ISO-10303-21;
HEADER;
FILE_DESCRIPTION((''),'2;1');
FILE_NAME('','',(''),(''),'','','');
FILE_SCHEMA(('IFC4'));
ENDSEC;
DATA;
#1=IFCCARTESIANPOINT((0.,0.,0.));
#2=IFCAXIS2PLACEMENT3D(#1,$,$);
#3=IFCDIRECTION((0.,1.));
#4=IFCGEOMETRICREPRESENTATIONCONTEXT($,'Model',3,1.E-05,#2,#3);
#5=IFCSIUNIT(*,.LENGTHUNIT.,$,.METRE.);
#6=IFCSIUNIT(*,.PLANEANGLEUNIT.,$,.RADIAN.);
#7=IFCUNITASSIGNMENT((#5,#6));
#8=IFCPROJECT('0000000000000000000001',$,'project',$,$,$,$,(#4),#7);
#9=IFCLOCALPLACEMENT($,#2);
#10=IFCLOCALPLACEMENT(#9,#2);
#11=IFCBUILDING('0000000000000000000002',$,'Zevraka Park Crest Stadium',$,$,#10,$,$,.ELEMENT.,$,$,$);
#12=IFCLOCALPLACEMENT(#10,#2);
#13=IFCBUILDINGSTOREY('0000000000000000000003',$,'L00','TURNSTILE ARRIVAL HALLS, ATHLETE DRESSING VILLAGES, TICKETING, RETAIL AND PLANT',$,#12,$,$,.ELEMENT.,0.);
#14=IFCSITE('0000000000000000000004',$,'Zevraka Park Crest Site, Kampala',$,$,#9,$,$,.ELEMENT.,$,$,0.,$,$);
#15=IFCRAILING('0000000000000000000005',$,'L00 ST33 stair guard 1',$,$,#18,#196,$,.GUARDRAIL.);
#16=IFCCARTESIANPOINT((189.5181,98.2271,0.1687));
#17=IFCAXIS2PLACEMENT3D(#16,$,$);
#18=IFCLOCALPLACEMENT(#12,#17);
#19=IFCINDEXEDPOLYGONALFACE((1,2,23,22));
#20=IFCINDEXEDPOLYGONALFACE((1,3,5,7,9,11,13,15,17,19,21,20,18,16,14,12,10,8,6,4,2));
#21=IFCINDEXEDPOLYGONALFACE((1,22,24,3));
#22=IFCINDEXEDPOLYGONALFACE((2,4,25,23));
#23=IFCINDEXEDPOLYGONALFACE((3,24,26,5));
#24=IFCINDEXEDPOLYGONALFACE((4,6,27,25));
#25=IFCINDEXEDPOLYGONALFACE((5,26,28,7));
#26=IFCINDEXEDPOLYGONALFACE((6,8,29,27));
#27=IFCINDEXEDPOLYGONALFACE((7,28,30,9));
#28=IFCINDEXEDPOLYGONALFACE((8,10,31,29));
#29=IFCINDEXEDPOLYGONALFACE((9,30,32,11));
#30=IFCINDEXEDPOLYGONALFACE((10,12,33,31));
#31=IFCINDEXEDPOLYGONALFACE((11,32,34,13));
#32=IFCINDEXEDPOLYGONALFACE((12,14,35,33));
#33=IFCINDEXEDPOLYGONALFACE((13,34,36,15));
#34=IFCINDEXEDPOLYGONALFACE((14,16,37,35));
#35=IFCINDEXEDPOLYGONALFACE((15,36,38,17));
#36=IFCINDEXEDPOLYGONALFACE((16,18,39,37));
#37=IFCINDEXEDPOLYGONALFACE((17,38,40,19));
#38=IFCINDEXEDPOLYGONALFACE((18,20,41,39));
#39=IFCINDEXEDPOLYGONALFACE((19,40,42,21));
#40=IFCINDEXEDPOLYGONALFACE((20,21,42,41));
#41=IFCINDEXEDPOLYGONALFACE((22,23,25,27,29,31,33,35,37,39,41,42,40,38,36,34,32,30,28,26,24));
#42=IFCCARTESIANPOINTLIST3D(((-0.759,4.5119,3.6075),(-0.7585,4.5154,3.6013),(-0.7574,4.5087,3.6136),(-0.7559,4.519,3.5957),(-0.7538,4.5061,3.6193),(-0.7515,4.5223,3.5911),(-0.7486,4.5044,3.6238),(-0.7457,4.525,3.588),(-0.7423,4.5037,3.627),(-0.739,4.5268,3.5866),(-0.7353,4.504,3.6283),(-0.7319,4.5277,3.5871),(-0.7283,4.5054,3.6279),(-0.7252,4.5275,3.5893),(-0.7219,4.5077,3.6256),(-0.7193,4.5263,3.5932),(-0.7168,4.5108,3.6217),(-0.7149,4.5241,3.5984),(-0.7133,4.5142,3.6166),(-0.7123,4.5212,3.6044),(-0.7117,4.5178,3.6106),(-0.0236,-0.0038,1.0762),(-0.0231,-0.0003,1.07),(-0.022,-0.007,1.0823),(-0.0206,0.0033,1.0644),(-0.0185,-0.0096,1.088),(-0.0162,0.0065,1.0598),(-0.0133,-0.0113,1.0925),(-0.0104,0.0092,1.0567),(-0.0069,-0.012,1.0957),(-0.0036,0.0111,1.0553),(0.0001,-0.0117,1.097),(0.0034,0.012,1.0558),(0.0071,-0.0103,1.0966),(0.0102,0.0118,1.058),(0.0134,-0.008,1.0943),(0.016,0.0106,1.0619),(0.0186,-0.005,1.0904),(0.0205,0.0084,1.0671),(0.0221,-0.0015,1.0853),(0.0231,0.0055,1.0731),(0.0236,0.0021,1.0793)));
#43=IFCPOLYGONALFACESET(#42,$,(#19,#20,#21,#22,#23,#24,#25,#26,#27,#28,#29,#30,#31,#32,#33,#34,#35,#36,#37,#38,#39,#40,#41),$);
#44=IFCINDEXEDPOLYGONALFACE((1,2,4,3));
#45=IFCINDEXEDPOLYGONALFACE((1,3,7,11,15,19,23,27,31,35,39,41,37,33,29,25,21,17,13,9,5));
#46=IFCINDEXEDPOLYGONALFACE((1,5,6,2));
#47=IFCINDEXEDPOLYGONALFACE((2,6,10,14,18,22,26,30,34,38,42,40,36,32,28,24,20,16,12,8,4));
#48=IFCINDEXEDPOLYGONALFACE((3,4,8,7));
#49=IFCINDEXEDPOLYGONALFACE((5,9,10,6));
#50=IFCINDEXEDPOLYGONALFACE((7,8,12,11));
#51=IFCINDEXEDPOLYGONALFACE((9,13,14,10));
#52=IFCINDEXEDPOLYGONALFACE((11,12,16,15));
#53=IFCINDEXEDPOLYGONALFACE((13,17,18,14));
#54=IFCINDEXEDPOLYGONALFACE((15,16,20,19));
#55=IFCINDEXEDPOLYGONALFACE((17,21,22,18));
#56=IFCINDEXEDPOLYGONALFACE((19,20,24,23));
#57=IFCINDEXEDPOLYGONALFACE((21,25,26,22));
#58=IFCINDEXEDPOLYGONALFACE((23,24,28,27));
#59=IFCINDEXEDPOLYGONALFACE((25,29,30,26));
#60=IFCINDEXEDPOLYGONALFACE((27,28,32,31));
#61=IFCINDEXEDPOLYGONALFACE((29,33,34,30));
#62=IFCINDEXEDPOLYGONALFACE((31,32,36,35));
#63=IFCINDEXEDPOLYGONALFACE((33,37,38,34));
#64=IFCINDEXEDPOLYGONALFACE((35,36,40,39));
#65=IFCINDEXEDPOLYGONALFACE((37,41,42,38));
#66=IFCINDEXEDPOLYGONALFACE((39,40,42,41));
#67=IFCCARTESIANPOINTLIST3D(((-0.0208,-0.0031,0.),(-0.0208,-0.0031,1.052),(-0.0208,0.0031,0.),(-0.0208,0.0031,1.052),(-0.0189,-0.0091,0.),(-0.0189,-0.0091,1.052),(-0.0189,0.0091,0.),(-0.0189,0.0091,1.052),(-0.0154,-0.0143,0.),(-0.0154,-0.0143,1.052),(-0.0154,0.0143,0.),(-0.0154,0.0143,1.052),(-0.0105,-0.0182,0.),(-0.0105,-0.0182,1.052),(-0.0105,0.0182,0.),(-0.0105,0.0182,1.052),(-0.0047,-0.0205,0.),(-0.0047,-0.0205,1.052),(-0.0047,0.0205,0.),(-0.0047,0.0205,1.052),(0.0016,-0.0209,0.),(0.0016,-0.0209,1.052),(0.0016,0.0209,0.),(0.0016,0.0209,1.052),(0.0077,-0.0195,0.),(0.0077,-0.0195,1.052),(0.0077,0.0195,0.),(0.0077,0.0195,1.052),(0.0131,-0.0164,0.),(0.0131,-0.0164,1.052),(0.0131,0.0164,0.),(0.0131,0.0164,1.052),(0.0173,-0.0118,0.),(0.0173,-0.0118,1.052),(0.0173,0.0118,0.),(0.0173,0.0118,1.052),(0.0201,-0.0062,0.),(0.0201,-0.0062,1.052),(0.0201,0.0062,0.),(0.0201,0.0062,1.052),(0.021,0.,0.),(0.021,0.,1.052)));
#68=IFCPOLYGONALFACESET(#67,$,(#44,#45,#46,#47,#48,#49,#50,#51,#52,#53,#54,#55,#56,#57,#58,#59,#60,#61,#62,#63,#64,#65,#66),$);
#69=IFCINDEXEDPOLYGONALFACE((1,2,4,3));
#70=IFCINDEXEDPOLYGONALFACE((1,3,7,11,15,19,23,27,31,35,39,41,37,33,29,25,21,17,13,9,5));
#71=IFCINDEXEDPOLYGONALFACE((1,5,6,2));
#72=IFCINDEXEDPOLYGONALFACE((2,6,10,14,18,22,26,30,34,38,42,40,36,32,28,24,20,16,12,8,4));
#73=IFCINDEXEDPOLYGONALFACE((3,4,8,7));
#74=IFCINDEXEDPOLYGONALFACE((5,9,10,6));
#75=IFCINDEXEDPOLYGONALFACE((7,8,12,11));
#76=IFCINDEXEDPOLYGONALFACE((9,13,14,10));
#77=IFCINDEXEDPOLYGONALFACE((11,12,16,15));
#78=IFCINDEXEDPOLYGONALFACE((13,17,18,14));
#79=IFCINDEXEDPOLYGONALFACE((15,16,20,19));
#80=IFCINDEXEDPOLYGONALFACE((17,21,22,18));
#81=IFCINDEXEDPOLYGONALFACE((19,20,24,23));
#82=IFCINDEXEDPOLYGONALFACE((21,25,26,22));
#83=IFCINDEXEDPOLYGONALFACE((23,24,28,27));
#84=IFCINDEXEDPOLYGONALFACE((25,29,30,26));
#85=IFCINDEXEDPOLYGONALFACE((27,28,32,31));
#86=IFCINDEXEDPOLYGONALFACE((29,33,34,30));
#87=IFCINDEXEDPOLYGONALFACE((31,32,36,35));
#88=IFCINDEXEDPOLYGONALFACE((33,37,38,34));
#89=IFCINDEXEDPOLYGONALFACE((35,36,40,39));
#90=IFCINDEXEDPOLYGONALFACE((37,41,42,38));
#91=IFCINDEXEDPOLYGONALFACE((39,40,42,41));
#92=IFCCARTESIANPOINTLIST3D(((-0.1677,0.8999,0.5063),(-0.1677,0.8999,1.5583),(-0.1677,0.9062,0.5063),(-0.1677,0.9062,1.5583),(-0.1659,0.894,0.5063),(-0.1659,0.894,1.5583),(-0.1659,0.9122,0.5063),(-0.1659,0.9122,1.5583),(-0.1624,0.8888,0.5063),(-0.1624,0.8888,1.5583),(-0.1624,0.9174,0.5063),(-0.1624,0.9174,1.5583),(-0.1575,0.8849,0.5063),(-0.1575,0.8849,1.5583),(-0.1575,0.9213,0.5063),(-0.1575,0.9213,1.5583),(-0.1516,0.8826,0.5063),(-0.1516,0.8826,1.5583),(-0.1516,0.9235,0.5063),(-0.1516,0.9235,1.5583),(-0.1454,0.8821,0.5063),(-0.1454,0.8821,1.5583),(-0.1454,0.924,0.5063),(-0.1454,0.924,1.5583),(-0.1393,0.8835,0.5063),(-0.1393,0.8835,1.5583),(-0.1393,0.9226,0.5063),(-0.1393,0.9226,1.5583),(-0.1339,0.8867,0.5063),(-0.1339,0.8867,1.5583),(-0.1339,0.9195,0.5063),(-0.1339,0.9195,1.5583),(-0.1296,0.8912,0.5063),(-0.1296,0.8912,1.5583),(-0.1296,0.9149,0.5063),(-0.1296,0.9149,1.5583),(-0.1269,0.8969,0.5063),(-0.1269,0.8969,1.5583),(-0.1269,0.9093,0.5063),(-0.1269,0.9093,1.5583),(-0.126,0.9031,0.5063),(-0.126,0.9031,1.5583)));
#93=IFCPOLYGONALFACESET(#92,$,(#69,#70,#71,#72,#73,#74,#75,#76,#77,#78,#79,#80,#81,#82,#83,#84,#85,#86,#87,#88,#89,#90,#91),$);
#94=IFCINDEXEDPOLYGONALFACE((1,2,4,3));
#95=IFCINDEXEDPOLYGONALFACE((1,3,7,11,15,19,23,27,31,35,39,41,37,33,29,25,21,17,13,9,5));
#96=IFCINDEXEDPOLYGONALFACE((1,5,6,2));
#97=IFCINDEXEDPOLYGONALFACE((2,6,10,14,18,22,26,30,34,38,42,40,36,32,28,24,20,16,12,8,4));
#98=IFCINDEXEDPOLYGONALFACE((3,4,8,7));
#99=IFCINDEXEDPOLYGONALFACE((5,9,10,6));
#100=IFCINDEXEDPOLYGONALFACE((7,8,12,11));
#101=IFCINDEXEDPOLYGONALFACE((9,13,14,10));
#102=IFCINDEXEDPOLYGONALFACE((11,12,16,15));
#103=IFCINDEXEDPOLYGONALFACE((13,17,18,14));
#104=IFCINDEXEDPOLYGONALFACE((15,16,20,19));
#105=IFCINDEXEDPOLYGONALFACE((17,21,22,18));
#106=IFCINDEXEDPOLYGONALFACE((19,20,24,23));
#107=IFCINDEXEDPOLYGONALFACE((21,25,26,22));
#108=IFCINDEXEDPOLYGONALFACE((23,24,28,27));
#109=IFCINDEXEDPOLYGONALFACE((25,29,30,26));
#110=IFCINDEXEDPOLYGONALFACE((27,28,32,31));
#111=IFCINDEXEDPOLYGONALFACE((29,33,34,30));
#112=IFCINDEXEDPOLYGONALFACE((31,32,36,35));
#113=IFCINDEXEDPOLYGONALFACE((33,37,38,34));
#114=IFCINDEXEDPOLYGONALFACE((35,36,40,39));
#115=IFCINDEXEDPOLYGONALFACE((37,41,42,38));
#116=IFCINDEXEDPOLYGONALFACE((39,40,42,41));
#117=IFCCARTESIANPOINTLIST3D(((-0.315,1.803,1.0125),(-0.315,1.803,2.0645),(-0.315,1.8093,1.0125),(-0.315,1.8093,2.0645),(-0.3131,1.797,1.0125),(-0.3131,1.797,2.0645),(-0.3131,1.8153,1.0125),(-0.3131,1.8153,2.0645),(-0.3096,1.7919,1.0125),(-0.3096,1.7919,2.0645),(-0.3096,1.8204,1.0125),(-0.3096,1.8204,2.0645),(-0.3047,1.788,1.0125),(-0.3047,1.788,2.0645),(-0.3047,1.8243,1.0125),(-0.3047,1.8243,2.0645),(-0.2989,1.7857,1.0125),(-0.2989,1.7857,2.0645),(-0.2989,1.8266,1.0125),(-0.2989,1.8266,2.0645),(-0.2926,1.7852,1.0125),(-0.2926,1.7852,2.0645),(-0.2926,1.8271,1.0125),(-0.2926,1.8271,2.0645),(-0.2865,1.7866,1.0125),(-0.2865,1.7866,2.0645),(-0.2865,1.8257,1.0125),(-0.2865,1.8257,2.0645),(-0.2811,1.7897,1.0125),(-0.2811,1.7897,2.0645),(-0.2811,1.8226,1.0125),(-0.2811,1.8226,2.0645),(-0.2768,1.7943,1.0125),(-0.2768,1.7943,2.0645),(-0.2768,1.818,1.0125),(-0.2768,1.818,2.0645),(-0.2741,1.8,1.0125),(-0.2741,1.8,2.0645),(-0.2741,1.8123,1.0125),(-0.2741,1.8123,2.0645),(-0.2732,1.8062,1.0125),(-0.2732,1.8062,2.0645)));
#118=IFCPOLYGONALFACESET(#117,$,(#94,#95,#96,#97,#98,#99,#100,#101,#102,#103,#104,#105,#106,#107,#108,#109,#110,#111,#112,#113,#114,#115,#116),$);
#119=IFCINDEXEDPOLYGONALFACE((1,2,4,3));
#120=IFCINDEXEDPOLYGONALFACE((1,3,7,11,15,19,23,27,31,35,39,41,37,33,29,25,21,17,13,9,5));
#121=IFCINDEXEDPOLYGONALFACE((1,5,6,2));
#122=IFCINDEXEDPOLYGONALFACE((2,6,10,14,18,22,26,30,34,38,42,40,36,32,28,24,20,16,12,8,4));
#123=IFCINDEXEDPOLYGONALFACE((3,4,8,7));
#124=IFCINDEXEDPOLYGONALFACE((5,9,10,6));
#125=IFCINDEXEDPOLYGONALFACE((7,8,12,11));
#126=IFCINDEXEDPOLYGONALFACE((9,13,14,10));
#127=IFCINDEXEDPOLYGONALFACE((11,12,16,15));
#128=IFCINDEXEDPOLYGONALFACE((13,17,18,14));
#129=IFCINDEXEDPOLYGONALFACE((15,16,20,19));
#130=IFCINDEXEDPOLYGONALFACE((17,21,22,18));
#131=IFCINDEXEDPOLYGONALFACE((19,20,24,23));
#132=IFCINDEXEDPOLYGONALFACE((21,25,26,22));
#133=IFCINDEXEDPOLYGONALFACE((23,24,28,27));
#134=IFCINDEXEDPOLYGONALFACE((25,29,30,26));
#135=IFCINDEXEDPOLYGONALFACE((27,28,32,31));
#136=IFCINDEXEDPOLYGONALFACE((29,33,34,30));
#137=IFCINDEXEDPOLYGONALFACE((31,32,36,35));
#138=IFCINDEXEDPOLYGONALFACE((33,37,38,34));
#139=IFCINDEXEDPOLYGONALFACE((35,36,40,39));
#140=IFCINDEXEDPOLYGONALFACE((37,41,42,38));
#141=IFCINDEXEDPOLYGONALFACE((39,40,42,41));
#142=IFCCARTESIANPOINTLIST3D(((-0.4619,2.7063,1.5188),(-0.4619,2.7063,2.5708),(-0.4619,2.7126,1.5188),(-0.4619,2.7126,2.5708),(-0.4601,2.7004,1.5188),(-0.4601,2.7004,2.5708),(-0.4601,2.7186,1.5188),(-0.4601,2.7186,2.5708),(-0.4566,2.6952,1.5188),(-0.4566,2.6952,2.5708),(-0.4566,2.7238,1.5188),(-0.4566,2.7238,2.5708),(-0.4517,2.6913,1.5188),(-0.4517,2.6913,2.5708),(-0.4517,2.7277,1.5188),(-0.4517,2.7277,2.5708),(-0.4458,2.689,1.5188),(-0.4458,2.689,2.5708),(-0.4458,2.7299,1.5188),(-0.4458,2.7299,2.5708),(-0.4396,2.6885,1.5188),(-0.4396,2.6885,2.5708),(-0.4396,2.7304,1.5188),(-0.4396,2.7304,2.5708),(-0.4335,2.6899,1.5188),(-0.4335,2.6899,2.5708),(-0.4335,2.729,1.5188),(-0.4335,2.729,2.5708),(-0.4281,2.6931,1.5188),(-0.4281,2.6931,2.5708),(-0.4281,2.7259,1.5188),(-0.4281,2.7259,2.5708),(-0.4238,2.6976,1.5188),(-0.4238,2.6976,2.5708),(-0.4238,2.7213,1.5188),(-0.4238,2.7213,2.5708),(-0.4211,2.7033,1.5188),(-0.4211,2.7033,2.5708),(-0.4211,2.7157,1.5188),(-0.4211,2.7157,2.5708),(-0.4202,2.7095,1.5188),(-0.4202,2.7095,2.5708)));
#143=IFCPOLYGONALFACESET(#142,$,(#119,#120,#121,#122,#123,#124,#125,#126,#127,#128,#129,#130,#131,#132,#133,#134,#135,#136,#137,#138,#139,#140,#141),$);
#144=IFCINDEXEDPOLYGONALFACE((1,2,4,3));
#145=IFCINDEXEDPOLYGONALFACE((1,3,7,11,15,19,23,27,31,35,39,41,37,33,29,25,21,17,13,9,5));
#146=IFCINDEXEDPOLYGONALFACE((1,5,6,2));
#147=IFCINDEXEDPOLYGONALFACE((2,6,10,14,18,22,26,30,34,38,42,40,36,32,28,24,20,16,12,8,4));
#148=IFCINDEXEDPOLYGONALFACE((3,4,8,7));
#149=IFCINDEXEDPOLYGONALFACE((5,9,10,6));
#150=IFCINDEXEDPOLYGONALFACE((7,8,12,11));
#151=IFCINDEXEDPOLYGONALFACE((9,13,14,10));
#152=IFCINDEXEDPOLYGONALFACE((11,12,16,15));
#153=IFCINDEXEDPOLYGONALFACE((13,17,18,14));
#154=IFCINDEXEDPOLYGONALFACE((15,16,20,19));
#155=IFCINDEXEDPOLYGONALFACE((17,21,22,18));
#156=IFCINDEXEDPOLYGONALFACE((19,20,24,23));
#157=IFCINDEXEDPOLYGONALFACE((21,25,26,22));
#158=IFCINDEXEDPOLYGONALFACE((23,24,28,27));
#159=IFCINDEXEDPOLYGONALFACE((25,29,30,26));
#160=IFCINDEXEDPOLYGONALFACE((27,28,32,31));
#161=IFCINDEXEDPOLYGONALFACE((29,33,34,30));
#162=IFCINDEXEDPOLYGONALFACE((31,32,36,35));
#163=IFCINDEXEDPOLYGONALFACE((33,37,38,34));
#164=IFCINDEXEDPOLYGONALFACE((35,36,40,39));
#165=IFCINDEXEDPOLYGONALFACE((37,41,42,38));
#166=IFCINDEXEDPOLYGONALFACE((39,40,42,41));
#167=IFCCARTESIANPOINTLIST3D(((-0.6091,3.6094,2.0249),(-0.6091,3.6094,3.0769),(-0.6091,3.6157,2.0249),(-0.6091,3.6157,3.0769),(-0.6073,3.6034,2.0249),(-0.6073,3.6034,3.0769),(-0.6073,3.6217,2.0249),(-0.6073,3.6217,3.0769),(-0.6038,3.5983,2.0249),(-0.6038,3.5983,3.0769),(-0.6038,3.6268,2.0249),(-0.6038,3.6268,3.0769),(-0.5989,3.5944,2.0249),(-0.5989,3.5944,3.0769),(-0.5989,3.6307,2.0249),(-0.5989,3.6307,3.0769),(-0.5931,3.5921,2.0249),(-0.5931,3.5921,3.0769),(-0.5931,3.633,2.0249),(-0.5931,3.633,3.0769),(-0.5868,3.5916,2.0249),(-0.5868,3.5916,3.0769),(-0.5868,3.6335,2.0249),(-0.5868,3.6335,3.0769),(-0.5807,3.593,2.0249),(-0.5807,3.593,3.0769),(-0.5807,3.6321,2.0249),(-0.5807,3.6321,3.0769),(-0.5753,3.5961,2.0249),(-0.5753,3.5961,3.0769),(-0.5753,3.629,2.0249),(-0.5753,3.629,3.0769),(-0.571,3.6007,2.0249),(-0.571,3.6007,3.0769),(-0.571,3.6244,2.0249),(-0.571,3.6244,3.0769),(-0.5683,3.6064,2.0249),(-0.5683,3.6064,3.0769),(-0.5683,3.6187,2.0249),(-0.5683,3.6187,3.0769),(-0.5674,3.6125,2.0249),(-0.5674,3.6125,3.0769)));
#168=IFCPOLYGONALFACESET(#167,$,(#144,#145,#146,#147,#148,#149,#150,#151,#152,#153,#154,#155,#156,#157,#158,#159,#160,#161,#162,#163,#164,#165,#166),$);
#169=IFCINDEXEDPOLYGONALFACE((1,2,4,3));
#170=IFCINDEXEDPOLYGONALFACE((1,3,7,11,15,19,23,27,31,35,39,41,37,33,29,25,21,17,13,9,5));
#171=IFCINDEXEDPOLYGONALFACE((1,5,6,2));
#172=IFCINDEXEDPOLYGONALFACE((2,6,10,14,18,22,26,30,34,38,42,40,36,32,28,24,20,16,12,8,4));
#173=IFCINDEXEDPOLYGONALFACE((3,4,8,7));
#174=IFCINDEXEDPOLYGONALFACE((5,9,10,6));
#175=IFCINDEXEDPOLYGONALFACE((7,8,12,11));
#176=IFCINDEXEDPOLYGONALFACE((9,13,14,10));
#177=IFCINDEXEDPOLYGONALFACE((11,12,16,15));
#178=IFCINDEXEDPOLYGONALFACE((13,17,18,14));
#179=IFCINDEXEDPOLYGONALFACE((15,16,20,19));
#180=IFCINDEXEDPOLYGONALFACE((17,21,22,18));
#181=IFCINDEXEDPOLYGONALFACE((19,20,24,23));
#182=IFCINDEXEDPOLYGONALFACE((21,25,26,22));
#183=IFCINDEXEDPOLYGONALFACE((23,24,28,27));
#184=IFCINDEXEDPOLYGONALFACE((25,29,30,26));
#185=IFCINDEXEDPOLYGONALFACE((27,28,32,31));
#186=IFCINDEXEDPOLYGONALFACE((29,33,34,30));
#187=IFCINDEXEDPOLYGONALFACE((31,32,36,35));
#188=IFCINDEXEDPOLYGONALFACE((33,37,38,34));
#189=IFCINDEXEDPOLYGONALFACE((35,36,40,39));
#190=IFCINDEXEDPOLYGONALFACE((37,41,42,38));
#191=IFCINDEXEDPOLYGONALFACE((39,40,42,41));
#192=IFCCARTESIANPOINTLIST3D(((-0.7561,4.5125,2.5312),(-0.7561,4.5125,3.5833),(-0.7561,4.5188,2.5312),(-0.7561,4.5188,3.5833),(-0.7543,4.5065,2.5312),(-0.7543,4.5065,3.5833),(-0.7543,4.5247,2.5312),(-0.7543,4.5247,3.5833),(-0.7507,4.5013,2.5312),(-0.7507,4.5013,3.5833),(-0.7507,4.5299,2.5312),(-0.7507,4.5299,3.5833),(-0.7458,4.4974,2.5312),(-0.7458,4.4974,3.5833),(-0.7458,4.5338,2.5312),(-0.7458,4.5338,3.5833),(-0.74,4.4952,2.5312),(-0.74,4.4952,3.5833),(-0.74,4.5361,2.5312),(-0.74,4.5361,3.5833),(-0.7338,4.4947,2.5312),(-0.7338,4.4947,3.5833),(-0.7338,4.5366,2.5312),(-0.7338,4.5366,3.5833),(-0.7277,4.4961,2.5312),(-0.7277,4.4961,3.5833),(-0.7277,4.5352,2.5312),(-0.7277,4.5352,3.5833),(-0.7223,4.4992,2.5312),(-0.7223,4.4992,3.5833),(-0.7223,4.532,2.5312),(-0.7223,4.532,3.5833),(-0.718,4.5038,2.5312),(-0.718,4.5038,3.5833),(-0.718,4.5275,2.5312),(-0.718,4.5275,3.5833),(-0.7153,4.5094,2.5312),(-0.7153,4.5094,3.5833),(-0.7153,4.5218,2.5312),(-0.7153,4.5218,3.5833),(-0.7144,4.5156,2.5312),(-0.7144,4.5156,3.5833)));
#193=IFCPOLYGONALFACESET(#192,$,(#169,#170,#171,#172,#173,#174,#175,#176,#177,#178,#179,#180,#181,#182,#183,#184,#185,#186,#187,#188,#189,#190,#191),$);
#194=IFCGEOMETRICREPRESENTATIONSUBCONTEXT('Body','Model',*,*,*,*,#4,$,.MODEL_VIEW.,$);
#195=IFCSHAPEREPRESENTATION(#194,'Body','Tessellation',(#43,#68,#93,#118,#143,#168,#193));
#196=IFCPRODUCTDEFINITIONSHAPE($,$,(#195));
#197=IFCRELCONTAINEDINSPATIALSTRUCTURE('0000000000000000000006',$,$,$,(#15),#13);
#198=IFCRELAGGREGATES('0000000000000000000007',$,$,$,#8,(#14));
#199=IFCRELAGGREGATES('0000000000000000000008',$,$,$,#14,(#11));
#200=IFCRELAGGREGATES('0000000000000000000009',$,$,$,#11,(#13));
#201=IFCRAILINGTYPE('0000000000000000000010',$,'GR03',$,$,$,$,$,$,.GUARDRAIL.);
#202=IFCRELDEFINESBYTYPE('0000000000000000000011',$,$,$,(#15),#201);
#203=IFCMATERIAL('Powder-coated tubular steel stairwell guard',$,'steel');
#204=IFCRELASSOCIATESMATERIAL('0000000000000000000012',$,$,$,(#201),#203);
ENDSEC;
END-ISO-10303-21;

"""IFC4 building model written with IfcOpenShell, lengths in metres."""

from ifc_helpers import new_model, si_unit, direction, frame, origin, origin_2d, place, context, subcontext, project, spatial, circle, extrude, material, type_object, element, save


model = new_model("IFC4")

# Units and contexts
model_context = context("Model", 3, precision=1e-05, world=origin(), true_north=direction((0.0, 1.0)))
body_context = subcontext(model_context, "Body", "Model", "MODEL_VIEW")
ifc_project = project(units=[si_unit("LENGTHUNIT", "METRE"), si_unit("PLANEANGLEUNIT", "RADIAN")], contexts=[model_context])

# Site, building, storey
site_placement = place(None, origin())
site = spatial("IfcSite", under=ifc_project, at=site_placement, Name="Zevraka Park Crest Site, Kampala", CompositionType="ELEMENT", RefElevation=0.0)
building_placement = place(site_placement, origin())
building = spatial("IfcBuilding", under=site, at=building_placement, Name="Zevraka Park Crest Stadium", CompositionType="ELEMENT")
storey_placement = place(building_placement, origin())
storey = spatial("IfcBuildingStorey", under=building, at=storey_placement, Name="L00", Description="TURNSTILE ARRIVAL HALLS, ATHLETE DRESSING VILLAGES, TICKETING, RETAIL AND PLANT", CompositionType="ELEMENT", Elevation=0.0)

# Railing
ifc_material_1 = material(Name="Powder-coated tubular steel stairwell guard", Category="steel")
railing_type_1 = type_object("IfcRailingType", Name="GR03", PredefinedType="GUARDRAIL", material=ifc_material_1)
railing_1_placement = place(storey_placement, frame((189.5181, 98.2271, 0.1687)))
element("IfcRailing", 1, at=railing_1_placement, inside=storey, type_object=railing_type_1, Name="L00 ST33 stair guard 1", PredefinedType="GUARDRAIL", context=body_context, shape_type="SweptSolid", body=[
    extrude(circle(Radius=0.0239, at=origin_2d()), frame((0.0, 0.0, 1.0762), z_axis=(-0.140639, 0.86363, 0.484111), x_axis=(-0.986999, -0.160729, 0.0)), (0.0, 0.0, 1.0), 5.2288),
    extrude(circle(Radius=0.021, at=origin_2d()), origin(), (0.0, 0.0, 1.0), 1.052),
    extrude(circle(Radius=0.021, at=origin_2d()), frame((-0.147, 0.9031, 0.5063)), (0.0, 0.0, 1.0), 1.052),
    extrude(circle(Radius=0.021, at=origin_2d()), frame((-0.2942, 1.8062, 1.0125)), (0.0, 0.0, 1.0), 1.052),
    extrude(circle(Radius=0.021, at=origin_2d()), frame((-0.4412, 2.7095, 1.5188)), (0.0, 0.0, 1.0), 1.052),
    extrude(circle(Radius=0.021, at=origin_2d()), frame((-0.5884, 3.6125, 2.0249)), (0.0, 0.0, 1.0), 1.052),
    extrude(circle(Radius=0.021, at=origin_2d()), frame((-0.7354, 4.5156, 2.5312)), (0.0, 0.0, 1.0), 1.052),
])

save(model, "model.ifc")
